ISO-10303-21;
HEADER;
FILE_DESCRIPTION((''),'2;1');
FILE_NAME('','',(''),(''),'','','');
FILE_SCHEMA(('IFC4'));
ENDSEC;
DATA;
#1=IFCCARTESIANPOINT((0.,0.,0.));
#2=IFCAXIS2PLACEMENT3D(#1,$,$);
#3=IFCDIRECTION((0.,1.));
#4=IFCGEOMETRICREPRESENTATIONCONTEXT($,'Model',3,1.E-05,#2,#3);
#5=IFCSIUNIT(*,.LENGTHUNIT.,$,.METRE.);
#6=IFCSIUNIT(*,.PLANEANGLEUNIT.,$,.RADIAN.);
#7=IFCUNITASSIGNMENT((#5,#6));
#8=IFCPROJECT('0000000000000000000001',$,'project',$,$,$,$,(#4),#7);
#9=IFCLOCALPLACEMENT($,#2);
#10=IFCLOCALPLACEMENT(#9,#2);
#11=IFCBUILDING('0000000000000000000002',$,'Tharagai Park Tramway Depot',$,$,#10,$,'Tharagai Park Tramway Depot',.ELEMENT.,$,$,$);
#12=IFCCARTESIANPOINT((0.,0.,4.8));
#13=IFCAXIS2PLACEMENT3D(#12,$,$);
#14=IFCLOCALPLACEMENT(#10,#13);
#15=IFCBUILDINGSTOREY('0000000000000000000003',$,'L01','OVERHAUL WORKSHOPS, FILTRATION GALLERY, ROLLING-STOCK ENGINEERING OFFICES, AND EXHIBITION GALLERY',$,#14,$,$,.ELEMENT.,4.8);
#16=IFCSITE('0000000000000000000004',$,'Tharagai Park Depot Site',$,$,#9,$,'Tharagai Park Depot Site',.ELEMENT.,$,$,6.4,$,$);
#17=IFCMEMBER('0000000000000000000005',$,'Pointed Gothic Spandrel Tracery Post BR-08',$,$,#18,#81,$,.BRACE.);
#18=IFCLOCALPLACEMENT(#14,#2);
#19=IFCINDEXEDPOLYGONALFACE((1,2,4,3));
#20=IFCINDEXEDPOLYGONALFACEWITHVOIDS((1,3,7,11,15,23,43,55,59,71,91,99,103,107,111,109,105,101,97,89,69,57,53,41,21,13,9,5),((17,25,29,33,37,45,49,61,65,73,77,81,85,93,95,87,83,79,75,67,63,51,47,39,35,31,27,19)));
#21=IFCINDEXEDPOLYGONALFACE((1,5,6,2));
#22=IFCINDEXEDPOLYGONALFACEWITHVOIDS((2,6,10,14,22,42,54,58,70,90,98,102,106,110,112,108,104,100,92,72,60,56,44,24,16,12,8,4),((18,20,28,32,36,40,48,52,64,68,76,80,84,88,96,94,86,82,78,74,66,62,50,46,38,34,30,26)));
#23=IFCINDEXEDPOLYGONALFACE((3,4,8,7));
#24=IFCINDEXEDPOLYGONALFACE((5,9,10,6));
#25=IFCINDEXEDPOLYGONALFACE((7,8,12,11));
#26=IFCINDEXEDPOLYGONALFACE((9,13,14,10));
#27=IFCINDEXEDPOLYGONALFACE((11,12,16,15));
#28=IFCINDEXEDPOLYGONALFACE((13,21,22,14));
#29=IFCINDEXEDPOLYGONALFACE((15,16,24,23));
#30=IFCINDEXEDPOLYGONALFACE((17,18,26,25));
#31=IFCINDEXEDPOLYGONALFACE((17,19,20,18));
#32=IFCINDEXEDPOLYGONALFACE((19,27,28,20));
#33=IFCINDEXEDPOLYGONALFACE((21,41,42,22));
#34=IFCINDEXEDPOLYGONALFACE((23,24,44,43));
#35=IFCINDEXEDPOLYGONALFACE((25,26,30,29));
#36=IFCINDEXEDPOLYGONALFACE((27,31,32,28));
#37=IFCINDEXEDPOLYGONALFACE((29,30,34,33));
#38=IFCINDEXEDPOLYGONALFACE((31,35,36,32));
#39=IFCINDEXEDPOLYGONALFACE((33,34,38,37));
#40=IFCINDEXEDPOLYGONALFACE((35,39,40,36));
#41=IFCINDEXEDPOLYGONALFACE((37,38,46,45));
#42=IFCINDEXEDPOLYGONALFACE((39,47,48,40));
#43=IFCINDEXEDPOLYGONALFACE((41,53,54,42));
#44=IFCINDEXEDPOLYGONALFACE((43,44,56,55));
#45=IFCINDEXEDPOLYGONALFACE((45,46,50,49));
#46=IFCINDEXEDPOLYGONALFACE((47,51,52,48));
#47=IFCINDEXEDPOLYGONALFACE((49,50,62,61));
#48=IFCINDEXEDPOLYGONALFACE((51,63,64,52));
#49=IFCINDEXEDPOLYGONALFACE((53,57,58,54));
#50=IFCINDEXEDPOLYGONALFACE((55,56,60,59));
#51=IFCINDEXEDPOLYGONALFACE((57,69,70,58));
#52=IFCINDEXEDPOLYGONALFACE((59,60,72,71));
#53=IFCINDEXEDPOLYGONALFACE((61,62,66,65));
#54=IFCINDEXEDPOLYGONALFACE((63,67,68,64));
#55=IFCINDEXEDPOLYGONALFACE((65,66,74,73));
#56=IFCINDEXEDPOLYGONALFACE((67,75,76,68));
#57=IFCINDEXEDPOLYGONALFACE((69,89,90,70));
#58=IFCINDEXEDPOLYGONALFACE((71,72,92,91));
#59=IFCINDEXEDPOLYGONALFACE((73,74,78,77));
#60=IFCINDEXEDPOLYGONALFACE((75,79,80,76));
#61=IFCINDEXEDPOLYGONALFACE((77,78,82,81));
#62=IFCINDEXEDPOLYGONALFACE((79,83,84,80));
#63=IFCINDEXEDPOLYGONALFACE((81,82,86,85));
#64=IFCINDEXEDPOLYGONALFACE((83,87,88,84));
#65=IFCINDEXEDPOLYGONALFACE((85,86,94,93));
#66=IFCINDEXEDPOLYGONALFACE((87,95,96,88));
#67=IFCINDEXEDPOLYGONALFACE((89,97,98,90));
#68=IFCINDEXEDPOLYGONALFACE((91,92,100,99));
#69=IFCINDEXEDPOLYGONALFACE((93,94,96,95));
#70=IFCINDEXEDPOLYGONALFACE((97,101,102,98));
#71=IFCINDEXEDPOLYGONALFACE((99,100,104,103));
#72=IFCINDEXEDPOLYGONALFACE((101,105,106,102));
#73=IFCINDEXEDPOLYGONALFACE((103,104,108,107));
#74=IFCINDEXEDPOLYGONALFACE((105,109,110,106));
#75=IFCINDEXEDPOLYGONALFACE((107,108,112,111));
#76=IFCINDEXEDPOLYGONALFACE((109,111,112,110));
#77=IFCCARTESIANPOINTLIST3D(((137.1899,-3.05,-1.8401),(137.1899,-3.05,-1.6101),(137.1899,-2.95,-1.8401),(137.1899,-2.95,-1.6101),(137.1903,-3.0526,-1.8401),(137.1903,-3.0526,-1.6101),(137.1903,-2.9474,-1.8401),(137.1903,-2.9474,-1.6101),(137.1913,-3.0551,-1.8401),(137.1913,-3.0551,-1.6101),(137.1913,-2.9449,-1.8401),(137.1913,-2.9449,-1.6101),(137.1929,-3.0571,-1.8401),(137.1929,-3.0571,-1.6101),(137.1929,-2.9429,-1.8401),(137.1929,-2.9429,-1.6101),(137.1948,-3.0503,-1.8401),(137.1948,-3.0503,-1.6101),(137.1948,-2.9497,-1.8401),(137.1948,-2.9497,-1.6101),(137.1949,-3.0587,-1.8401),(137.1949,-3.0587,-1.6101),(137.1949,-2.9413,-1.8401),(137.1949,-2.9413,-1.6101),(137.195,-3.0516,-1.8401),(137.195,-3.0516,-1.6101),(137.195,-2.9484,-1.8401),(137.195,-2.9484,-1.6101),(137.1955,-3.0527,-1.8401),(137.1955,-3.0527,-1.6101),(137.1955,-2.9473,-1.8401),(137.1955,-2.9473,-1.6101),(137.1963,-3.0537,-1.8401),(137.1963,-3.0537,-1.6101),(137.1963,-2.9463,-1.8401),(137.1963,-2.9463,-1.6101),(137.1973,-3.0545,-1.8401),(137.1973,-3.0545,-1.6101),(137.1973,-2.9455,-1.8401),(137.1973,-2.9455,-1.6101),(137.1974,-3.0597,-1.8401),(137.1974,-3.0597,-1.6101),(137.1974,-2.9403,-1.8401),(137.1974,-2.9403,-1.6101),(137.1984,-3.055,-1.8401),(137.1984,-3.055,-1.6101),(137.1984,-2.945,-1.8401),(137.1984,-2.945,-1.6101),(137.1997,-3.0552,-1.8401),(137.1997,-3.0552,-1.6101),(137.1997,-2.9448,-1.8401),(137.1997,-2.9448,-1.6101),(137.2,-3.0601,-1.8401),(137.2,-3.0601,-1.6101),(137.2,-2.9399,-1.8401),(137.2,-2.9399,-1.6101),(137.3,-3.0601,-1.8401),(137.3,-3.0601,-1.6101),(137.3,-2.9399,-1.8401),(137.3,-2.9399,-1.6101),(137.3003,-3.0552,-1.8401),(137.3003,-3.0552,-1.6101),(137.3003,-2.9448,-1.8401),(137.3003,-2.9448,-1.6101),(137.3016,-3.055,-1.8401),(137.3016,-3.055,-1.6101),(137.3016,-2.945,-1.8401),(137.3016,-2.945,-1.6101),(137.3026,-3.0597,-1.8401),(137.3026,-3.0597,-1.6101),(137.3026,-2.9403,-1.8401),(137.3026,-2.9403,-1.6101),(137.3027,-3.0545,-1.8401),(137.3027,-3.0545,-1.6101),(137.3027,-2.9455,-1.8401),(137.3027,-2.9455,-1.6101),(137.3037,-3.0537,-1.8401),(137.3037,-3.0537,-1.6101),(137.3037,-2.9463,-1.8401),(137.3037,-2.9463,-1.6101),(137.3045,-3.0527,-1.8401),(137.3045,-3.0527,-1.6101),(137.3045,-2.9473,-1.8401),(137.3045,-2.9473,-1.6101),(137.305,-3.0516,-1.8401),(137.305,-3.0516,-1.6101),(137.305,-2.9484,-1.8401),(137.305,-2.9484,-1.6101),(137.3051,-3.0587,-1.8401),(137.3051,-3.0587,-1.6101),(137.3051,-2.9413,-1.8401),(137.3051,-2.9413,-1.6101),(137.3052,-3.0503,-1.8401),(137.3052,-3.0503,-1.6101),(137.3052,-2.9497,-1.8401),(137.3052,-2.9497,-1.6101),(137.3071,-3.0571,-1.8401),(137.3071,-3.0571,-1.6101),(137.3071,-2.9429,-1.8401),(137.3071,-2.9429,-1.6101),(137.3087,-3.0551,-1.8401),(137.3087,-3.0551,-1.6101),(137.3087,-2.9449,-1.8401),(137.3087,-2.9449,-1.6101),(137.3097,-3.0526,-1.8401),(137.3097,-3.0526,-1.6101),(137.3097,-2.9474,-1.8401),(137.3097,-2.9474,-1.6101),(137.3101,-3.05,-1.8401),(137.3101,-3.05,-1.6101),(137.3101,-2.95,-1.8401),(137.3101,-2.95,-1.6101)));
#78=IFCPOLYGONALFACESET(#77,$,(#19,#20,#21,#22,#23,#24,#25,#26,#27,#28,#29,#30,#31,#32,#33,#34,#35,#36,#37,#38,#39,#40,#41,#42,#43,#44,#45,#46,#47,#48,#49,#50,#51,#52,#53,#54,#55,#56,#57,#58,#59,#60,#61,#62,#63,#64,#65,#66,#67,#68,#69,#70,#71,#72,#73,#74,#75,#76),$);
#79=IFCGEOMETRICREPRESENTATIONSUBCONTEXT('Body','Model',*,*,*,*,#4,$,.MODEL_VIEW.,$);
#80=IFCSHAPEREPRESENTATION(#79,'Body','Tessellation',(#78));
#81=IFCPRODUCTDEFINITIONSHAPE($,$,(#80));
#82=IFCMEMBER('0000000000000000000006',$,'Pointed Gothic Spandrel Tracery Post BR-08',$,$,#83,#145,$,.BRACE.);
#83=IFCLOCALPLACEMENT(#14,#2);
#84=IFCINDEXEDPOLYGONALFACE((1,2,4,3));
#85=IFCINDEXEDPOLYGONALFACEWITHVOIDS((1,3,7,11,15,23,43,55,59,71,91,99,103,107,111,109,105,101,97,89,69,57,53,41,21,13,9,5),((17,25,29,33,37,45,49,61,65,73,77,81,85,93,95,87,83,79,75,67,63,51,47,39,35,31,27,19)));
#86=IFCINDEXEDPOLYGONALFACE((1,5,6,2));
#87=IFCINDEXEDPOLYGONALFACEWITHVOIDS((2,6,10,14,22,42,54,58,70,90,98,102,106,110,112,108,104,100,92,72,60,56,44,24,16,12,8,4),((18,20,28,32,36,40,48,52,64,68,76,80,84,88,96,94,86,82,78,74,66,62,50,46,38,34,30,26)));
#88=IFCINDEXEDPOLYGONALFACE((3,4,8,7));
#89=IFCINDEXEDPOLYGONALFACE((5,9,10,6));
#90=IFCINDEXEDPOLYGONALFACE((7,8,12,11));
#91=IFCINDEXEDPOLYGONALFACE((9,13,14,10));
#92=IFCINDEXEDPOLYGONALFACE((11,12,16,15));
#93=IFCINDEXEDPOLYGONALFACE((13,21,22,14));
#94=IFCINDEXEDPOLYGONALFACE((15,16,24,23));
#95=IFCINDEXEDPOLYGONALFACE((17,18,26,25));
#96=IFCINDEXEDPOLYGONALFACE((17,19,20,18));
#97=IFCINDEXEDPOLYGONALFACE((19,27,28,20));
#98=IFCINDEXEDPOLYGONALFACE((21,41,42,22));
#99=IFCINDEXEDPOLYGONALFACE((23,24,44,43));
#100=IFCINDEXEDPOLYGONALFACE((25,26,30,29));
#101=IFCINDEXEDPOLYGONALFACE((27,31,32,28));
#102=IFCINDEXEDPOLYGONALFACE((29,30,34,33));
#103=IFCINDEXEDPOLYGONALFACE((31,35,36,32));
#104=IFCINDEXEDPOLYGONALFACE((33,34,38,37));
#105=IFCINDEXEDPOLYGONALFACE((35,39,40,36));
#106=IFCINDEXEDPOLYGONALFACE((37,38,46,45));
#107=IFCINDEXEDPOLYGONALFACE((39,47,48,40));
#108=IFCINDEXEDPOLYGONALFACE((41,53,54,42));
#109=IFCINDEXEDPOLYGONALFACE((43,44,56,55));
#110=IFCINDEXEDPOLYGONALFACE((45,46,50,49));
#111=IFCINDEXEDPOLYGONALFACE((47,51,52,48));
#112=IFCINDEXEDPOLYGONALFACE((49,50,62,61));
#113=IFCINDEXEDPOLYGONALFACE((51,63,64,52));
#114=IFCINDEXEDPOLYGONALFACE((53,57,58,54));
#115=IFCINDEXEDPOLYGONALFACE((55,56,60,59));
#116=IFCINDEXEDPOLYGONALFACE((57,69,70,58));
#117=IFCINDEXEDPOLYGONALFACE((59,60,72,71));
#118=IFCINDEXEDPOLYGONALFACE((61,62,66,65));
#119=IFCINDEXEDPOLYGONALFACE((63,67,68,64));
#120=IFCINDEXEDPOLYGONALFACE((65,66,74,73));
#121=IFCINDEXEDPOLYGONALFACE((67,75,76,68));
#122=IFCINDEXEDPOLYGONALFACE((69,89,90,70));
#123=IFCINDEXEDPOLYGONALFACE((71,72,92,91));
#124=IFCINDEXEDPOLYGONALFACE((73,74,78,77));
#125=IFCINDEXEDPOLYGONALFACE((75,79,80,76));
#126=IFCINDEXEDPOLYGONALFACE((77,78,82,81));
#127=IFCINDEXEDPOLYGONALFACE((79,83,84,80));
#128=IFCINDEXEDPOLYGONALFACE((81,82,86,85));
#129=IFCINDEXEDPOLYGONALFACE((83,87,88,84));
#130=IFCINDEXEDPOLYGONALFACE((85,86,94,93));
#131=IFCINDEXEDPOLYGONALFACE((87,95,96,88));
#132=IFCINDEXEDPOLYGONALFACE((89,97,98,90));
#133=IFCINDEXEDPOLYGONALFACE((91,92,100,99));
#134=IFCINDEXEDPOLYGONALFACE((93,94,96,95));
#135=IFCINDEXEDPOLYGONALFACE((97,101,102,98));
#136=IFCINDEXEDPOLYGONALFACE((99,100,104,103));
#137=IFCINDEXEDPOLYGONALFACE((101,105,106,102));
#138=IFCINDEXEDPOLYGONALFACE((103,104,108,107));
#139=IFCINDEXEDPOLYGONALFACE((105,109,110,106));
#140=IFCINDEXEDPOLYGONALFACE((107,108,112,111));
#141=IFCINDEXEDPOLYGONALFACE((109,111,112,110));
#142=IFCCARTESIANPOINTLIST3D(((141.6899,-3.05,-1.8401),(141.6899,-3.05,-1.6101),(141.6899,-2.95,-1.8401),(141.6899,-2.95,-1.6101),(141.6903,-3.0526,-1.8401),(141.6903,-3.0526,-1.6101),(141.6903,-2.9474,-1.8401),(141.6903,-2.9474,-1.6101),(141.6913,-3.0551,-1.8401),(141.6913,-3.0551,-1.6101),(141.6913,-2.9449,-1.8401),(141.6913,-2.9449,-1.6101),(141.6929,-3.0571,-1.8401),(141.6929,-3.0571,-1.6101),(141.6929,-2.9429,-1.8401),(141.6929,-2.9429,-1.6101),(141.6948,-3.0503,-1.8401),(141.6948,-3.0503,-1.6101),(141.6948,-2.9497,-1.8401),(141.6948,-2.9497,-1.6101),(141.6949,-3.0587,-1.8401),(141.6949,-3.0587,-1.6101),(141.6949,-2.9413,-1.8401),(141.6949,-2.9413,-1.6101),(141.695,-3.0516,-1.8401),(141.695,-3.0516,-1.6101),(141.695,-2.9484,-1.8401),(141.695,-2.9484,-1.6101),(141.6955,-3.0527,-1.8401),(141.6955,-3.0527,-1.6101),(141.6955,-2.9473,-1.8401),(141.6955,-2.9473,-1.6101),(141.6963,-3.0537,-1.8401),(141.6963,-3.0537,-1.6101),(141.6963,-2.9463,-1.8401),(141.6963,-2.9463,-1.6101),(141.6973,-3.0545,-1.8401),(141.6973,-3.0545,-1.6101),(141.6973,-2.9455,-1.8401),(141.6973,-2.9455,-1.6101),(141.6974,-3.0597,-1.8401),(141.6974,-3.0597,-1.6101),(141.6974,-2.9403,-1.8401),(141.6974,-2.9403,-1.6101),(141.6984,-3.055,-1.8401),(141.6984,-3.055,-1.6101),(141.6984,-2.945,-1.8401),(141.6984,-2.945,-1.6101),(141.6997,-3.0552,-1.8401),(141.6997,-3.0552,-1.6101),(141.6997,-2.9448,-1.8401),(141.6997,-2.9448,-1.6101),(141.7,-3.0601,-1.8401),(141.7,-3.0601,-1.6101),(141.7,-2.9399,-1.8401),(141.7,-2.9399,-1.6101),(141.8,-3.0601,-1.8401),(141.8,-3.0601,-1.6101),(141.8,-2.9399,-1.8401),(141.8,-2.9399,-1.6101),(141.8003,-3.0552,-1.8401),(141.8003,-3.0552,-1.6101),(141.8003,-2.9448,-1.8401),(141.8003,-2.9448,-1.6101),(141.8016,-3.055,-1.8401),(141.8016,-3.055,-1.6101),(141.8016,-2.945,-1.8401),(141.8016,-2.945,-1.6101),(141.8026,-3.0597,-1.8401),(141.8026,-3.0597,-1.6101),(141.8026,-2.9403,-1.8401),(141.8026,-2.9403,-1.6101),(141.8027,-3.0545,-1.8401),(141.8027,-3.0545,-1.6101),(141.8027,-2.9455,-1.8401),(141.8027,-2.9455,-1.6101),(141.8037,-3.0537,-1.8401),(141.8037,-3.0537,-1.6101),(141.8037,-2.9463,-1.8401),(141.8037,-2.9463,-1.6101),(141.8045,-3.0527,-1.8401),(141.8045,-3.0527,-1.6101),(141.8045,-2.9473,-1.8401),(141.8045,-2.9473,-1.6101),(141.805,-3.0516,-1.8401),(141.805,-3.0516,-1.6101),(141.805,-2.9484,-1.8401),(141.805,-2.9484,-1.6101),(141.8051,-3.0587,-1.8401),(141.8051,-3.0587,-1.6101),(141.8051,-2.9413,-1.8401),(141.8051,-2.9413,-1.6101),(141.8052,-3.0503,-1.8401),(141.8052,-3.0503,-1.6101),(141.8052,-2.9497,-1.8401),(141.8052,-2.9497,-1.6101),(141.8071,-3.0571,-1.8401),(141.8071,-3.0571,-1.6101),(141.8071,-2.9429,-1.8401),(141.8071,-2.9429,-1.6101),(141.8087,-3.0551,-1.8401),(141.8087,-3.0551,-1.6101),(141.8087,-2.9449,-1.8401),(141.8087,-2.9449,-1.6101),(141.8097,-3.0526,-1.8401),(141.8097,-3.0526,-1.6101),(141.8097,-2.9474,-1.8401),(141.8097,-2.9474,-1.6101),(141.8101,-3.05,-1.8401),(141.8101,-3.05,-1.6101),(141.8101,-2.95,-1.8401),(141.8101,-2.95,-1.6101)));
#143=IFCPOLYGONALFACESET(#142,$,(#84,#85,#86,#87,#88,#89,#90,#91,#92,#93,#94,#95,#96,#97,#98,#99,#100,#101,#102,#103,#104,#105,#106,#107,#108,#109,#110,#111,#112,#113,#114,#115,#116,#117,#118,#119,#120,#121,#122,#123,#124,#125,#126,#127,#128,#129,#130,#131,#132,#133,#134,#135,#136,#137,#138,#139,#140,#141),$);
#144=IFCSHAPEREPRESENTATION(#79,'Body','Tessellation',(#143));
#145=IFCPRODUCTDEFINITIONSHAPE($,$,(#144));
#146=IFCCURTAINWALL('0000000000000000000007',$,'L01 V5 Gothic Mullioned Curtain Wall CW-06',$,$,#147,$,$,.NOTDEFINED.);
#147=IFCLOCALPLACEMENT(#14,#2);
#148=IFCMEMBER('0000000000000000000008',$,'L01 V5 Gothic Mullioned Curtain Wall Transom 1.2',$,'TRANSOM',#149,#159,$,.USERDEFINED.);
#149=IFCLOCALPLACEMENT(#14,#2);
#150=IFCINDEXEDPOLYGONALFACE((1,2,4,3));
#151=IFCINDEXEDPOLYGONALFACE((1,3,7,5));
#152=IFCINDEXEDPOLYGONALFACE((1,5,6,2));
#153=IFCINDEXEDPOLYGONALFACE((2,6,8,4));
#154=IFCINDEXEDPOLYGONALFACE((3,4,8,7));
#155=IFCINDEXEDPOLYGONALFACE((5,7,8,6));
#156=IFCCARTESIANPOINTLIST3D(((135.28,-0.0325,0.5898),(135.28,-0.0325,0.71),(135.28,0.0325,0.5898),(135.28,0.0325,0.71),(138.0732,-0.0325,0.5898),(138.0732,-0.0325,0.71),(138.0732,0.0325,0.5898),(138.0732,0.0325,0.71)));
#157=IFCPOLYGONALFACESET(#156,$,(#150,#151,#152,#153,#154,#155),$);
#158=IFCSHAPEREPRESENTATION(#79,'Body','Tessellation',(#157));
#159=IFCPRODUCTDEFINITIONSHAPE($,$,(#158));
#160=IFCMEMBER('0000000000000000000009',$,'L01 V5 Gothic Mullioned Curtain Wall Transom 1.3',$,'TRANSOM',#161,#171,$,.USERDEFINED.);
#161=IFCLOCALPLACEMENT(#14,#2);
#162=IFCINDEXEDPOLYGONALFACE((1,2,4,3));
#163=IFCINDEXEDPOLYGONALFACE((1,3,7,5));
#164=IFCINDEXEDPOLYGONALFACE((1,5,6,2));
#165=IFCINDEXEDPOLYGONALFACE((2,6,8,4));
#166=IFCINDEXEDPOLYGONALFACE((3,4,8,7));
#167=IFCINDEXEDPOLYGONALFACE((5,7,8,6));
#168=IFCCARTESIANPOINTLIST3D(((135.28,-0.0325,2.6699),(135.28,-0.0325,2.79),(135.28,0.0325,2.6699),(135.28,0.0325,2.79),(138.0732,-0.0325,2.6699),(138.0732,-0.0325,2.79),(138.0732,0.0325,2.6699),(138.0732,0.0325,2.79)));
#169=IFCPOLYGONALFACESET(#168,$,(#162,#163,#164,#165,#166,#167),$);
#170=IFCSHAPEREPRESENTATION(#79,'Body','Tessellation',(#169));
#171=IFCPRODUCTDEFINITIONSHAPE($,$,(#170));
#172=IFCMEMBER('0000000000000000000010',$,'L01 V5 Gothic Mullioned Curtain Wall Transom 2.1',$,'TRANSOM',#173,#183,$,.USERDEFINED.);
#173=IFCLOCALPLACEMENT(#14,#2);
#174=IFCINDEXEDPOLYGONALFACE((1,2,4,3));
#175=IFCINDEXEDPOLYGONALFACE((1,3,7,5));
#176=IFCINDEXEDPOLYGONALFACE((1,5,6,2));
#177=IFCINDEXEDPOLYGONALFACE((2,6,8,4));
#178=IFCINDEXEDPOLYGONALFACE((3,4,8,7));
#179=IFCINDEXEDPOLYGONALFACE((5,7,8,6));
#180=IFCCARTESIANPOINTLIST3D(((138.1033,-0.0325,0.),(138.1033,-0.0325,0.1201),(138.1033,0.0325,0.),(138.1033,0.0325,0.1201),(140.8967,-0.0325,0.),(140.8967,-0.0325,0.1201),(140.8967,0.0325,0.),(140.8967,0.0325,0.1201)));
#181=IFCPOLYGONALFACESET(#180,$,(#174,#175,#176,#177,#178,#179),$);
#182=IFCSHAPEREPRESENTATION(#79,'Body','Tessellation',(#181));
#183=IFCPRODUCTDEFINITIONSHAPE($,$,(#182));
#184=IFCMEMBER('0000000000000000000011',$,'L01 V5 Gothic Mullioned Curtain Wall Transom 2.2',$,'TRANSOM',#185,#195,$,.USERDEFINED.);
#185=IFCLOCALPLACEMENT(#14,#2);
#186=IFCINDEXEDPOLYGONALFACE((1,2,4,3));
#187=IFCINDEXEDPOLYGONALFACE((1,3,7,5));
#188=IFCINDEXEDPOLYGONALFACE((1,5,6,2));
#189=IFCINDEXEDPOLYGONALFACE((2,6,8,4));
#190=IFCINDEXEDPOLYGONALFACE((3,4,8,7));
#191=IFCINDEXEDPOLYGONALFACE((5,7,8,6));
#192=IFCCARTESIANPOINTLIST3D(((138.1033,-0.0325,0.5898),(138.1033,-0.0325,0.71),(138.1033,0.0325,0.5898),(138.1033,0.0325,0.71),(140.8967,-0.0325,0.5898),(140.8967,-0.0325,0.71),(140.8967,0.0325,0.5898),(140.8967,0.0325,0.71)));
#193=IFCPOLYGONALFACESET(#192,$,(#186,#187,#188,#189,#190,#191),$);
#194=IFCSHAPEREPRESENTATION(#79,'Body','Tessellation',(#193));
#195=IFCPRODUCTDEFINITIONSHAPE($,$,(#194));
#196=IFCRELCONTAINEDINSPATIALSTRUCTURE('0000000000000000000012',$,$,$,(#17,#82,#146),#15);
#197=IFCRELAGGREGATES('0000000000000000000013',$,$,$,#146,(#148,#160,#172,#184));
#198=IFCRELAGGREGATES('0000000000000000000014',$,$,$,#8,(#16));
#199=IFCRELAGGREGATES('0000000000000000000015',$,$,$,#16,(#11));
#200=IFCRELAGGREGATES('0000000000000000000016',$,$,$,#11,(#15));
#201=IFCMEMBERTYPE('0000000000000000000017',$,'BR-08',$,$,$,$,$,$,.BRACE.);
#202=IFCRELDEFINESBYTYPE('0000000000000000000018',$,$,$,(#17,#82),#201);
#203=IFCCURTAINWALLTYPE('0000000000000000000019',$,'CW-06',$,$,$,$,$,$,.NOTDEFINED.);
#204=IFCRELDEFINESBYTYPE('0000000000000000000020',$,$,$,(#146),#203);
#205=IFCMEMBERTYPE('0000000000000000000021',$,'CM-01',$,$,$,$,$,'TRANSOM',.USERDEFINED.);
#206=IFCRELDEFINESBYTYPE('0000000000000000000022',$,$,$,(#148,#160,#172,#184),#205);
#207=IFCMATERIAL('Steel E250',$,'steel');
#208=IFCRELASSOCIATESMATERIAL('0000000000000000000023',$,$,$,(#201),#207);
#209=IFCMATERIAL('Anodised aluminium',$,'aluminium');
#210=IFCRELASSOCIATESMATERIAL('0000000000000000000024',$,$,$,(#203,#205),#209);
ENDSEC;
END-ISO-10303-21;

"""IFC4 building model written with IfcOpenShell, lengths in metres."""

from ifc_helpers import new_model, si_unit, direction, frame, origin, origin_2d, place, context, subcontext, project, spatial, rectangle, hollow_rectangle, extrude, material, material_profile, profile_set, type_object, element, aggregate, save


model = new_model("IFC4")

# Units and contexts
model_context = context("Model", 3, precision=1e-05, world=origin(), true_north=direction((0.0, 1.0)))
body_context = subcontext(model_context, "Body", "Model", "MODEL_VIEW")
ifc_project = project(units=[si_unit("LENGTHUNIT", "METRE"), si_unit("PLANEANGLEUNIT", "RADIAN")], contexts=[model_context])

# Site, building, storey
site_placement = place(None, origin())
site = spatial("IfcSite", under=ifc_project, at=site_placement, Name="Tharagai Park Depot Site", LongName="Tharagai Park Depot Site", CompositionType="ELEMENT", RefElevation=6.4)
building_placement = place(site_placement, origin())
building = spatial("IfcBuilding", under=site, at=building_placement, Name="Tharagai Park Tramway Depot", LongName="Tharagai Park Tramway Depot", CompositionType="ELEMENT")
storey_placement = place(building_placement, frame((0.0, 0.0, 4.8)))
storey = spatial("IfcBuildingStorey", under=building, at=storey_placement, Name="L01", Description="OVERHAUL WORKSHOPS, FILTRATION GALLERY, ROLLING-STOCK ENGINEERING OFFICES, AND EXHIBITION GALLERY", CompositionType="ELEMENT", Elevation=4.8)

# Members
ifc_material_1 = material(Name="Steel E250", Category="steel")
ifc_material_profile_1 = material_profile(ifc_material_1, hollow_rectangle(XDim=0.1201, YDim=0.1201, WallThickness=0.0049, InnerFilletRadius=0.0049, OuterFilletRadius=0.01, at=origin_2d()), Name="SHS 120x120x5")
ifc_profile_set_1 = profile_set([ifc_material_profile_1], Name="Steel E250")
member_type_1 = type_object("IfcMemberType", Name="BR-08", PredefinedType="BRACE", material=ifc_profile_set_1)
for number, where, z_axis, x_axis, name in (
    (1, (137.25, -3.0, -1.8401), (0.0, 0.0, 1.0), (1.0, 0.0, 0.0), "Pointed Gothic Spandrel Tracery Post BR-08"),
    (2, (141.75, -3.0, -1.8401), (0.0, 0.0, 1.0), (1.0, 0.0, 0.0), "Pointed Gothic Spandrel Tracery Post BR-08"),
):
    element("IfcMember", number, at=place(storey_placement, frame(where, z_axis=z_axis, x_axis=x_axis)), inside=storey, type_object=member_type_1, Name=name, PredefinedType="BRACE", context=body_context, shape_type="SweptSolid", body=[
        extrude(hollow_rectangle(XDim=0.1201, YDim=0.1201, WallThickness=0.0049, InnerFilletRadius=0.0049, OuterFilletRadius=0.01, at=origin_2d()), origin(), (0.0, 0.0, 1.0), 0.23),
    ])

# Curtain wall, members
ifc_material_2 = material(Name="Anodised aluminium", Category="aluminium")
curtain_wall_type = type_object("IfcCurtainWallType", Name="CW-06", PredefinedType="NOTDEFINED", material=ifc_material_2)
curtain_wall_placement = place(storey_placement, origin())
curtain_wall = element("IfcCurtainWall", 3, at=curtain_wall_placement, inside=storey, type_object=curtain_wall_type, Name="L01 V5 Gothic Mullioned Curtain Wall CW-06", PredefinedType="NOTDEFINED")
ifc_material_profile_2 = material_profile(ifc_material_2, rectangle(XDim=0.0649, YDim=0.1201, at=origin_2d()), Name="ALU 65x120")
ifc_profile_set_2 = profile_set([ifc_material_profile_2], Name="Anodised aluminium")
member_type_2 = type_object("IfcMemberType", Name="CM-01", ElementType="TRANSOM", PredefinedType="USERDEFINED", material=ifc_profile_set_2)
member_1_placement = place(storey_placement, frame((135.28, 0.0, 0.6499), z_axis=(1.0, 0.0, 0.0), x_axis=(0.0, 1.0, 0.0)))
member_1 = element("IfcMember", 4, at=member_1_placement, type_object=member_type_2, Name="L01 V5 Gothic Mullioned Curtain Wall Transom 1.2", ObjectType="TRANSOM", PredefinedType="USERDEFINED", context=body_context, shape_type="SweptSolid", body=[
    extrude(rectangle(XDim=0.0649, YDim=0.1201, at=origin_2d()), origin(), (0.0, 0.0, 1.0), 2.7932),
])
member_2_placement = place(storey_placement, frame((135.28, 0.0, 2.73), z_axis=(1.0, 0.0, 0.0), x_axis=(0.0, 1.0, 0.0)))
member_2 = element("IfcMember", 5, at=member_2_placement, type_object=member_type_2, Name="L01 V5 Gothic Mullioned Curtain Wall Transom 1.3", ObjectType="TRANSOM", PredefinedType="USERDEFINED", context=body_context, shape_type="SweptSolid", body=[
    extrude(rectangle(XDim=0.0649, YDim=0.1201, at=origin_2d()), origin(), (0.0, 0.0, 1.0), 2.7932),
])
member_3_placement = place(storey_placement, frame((138.1033, 0.0, 0.0601), z_axis=(1.0, 0.0, 0.0), x_axis=(0.0, 1.0, 0.0)))
member_3 = element("IfcMember", 6, at=member_3_placement, type_object=member_type_2, Name="L01 V5 Gothic Mullioned Curtain Wall Transom 2.1", ObjectType="TRANSOM", PredefinedType="USERDEFINED", context=body_context, shape_type="SweptSolid", body=[
    extrude(rectangle(XDim=0.0649, YDim=0.1201, at=origin_2d()), origin(), (0.0, 0.0, 1.0), 2.7935),
])
member_4_placement = place(storey_placement, frame((138.1033, 0.0, 0.6499), z_axis=(1.0, 0.0, 0.0), x_axis=(0.0, 1.0, 0.0)))
member_4 = element("IfcMember", 7, at=member_4_placement, type_object=member_type_2, Name="L01 V5 Gothic Mullioned Curtain Wall Transom 2.2", ObjectType="TRANSOM", PredefinedType="USERDEFINED", context=body_context, shape_type="SweptSolid", body=[
    extrude(rectangle(XDim=0.0649, YDim=0.1201, at=origin_2d()), origin(), (0.0, 0.0, 1.0), 2.7935),
])

aggregate(curtain_wall, [member_1, member_2, member_3, member_4])

save(model, "model.ifc")
